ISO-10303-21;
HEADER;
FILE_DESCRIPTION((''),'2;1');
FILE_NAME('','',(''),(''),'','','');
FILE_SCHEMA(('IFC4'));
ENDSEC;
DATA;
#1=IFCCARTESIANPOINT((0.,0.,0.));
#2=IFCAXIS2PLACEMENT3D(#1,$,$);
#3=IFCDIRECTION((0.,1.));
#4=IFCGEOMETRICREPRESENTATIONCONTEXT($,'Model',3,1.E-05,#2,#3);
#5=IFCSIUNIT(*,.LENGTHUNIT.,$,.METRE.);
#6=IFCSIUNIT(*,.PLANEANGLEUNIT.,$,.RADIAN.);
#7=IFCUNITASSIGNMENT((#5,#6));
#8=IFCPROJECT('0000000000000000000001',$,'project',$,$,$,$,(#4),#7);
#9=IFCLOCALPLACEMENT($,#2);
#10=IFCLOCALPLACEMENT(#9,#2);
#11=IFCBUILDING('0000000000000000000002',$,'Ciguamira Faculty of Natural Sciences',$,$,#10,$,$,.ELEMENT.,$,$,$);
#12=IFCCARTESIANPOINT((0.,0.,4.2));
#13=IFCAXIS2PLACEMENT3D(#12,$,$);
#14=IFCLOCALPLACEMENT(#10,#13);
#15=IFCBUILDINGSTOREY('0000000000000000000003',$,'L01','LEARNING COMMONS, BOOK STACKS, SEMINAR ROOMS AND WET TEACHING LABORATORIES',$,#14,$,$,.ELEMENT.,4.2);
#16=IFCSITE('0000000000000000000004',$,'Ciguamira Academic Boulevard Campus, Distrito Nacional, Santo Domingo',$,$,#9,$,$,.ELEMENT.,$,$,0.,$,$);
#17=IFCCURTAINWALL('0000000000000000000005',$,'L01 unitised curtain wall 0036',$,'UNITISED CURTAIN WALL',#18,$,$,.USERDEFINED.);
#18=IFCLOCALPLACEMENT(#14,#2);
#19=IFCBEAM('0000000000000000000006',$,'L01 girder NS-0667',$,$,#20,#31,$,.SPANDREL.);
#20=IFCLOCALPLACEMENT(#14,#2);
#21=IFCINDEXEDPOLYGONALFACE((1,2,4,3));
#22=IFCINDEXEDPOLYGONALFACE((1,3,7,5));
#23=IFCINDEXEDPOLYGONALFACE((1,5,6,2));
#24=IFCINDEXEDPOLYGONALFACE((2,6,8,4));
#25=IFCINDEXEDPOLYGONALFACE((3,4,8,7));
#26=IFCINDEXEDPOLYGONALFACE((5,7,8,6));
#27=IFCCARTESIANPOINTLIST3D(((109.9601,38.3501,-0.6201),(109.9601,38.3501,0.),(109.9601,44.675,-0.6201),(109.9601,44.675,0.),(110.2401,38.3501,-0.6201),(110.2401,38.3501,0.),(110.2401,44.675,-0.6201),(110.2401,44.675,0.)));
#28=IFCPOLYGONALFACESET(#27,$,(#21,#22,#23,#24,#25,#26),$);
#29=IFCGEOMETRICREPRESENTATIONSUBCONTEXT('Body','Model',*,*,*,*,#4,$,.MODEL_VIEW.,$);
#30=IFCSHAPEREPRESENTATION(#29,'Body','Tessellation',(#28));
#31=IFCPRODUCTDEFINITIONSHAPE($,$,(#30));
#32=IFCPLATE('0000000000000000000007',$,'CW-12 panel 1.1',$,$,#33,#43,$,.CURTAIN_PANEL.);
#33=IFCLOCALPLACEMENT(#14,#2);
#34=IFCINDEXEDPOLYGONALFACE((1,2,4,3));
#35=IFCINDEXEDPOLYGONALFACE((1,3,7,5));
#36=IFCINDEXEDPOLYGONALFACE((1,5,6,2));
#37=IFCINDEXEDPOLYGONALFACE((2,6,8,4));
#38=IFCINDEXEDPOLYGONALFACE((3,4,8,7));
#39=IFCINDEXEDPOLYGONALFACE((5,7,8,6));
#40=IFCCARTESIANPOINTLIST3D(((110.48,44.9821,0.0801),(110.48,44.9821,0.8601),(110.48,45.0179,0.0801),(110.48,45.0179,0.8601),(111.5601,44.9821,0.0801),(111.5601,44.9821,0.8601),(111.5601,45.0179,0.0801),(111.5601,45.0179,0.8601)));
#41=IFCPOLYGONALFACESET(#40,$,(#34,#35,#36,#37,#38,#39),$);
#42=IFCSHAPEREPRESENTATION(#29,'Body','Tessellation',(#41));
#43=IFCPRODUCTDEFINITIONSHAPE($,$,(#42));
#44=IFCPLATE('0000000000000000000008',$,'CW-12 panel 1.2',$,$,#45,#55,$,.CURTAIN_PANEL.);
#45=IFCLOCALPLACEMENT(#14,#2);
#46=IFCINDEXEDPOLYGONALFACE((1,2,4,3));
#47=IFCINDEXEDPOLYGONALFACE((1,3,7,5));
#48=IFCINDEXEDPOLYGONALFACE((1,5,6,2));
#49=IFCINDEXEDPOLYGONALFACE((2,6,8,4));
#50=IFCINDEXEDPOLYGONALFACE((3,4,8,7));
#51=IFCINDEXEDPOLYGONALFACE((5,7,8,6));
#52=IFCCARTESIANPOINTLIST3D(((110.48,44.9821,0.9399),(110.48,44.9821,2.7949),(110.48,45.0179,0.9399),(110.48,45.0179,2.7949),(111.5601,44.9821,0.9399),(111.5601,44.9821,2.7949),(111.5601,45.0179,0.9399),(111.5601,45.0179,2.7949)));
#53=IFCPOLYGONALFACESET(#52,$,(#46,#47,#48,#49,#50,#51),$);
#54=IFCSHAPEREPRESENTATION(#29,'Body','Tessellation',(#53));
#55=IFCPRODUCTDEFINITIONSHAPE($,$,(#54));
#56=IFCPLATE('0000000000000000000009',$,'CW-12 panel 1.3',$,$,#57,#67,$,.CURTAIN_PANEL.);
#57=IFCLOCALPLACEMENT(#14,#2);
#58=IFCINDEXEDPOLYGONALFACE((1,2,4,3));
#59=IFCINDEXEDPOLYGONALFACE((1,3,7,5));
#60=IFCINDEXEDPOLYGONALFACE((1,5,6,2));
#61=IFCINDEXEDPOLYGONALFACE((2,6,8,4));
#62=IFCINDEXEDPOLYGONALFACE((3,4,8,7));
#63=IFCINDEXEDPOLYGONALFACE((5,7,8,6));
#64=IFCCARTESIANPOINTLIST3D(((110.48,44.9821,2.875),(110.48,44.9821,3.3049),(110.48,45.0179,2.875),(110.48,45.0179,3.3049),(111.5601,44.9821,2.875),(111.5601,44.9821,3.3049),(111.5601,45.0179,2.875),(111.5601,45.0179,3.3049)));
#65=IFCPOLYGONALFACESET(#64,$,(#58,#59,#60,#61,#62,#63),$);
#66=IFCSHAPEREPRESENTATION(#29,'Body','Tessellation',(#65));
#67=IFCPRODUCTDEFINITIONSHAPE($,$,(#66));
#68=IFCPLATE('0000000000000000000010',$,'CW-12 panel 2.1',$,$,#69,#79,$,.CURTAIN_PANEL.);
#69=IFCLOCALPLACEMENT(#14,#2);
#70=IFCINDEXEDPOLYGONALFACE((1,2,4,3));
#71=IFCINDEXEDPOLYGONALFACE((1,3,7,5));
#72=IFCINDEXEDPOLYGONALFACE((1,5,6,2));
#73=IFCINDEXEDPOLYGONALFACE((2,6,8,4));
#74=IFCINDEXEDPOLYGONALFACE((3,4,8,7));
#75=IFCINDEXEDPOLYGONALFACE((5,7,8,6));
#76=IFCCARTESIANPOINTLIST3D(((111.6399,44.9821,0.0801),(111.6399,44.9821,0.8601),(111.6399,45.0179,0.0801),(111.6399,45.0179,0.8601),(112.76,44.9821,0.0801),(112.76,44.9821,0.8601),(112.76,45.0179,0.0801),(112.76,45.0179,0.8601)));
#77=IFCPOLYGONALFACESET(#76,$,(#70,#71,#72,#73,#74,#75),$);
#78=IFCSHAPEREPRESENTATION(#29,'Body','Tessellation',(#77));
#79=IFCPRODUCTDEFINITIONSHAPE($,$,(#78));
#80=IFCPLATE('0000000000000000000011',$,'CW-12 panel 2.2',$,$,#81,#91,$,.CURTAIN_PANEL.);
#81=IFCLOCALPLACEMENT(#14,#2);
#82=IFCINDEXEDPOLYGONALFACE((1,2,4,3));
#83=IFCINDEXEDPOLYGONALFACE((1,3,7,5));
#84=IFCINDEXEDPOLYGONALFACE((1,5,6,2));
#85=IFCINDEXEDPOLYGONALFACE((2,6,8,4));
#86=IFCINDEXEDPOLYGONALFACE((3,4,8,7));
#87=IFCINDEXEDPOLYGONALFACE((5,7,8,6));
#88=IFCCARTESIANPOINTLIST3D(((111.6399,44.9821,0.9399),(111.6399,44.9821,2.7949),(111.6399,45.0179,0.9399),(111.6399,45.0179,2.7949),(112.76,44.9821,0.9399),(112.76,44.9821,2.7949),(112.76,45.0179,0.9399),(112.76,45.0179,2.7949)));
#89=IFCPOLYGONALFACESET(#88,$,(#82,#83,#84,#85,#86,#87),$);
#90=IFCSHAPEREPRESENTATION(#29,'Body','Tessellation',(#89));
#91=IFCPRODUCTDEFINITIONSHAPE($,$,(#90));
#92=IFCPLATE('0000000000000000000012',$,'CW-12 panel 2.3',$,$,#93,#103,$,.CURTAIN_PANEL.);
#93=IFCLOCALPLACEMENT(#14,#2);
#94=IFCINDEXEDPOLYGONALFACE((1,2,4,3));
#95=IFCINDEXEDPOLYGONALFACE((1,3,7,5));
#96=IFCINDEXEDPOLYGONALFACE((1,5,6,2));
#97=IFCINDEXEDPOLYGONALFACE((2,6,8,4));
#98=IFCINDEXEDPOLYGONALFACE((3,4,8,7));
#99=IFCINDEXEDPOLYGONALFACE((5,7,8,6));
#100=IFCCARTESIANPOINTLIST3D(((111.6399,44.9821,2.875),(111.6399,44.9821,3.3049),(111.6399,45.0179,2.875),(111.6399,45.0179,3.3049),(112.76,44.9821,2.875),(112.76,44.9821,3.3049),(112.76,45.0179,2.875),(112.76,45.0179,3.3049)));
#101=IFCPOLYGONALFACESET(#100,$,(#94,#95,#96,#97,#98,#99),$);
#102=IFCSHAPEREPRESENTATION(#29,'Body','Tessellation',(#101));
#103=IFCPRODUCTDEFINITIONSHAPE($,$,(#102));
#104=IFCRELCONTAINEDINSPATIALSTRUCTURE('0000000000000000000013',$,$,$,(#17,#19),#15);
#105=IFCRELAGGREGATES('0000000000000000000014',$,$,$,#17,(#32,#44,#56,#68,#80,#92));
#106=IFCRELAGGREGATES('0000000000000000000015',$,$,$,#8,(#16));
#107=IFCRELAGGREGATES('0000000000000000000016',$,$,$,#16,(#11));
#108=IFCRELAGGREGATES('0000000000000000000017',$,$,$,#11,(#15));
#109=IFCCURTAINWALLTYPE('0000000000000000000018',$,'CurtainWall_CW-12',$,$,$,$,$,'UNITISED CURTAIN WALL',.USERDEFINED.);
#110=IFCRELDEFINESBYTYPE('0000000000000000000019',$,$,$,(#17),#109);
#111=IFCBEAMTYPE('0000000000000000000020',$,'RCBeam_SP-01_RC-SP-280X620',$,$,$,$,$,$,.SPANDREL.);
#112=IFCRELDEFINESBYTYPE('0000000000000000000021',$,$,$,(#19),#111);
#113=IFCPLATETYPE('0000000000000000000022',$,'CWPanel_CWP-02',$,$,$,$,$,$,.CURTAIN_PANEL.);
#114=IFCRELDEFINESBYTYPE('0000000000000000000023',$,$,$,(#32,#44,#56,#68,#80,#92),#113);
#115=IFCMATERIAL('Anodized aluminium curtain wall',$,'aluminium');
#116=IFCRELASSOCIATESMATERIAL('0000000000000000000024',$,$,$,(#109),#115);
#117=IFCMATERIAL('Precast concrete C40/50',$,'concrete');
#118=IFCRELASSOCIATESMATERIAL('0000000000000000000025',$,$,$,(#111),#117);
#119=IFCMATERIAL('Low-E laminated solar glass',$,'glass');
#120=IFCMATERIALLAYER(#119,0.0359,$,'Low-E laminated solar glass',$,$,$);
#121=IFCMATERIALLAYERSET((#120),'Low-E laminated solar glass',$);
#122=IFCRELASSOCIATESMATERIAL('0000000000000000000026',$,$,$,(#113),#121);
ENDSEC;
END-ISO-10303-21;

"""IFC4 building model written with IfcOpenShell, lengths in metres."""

from ifc_helpers import new_model, si_unit, direction, frame, origin, origin_2d, place, context, subcontext, project, spatial, rectangle, extrude, material, layer, layer_set, material_profile, profile_set, type_object, element, aggregate, save


model = new_model("IFC4")

# Units and contexts
model_context = context("Model", 3, precision=1e-05, world=origin(), true_north=direction((0.0, 1.0)))
body_context = subcontext(model_context, "Body", "Model", "MODEL_VIEW")
ifc_project = project(units=[si_unit("LENGTHUNIT", "METRE"), si_unit("PLANEANGLEUNIT", "RADIAN")], contexts=[model_context])

# Site, building, storey
site_placement = place(None, origin())
site = spatial("IfcSite", under=ifc_project, at=site_placement, Name="Ciguamira Academic Boulevard Campus, Distrito Nacional, Santo Domingo", CompositionType="ELEMENT", RefElevation=0.0)
building_placement = place(site_placement, origin())
building = spatial("IfcBuilding", under=site, at=building_placement, Name="Ciguamira Faculty of Natural Sciences", CompositionType="ELEMENT")
storey_placement = place(building_placement, frame((0.0, 0.0, 4.2)))
storey = spatial("IfcBuildingStorey", under=building, at=storey_placement, Name="L01", Description="LEARNING COMMONS, BOOK STACKS, SEMINAR ROOMS AND WET TEACHING LABORATORIES", CompositionType="ELEMENT", Elevation=4.2)

# Curtain wall
ifc_material_1 = material(Name="Anodized aluminium curtain wall", Category="aluminium")
curtain_wall_type = type_object("IfcCurtainWallType", Name="CurtainWall_CW-12", ElementType="UNITISED CURTAIN WALL", PredefinedType="USERDEFINED", material=ifc_material_1)
curtain_wall_placement = place(storey_placement, origin())
curtain_wall = element("IfcCurtainWall", 1, at=curtain_wall_placement, inside=storey, type_object=curtain_wall_type, Name="L01 unitised curtain wall 0036", ObjectType="UNITISED CURTAIN WALL", PredefinedType="USERDEFINED")

# Beam
ifc_material_2 = material(Name="Precast concrete C40/50", Category="concrete")
ifc_material_profile_1 = material_profile(ifc_material_2, rectangle(XDim=0.28, YDim=0.6201, at=origin_2d()), Name="RC-SP-280X620")
ifc_profile_set_1 = profile_set([ifc_material_profile_1], Name="Precast concrete C40/50")
beam_type_1 = type_object("IfcBeamType", Name="RCBeam_SP-01_RC-SP-280X620", PredefinedType="SPANDREL", material=ifc_profile_set_1)
beam_1_placement = place(storey_placement, frame((110.1001, 38.3501, -0.3101), z_axis=(0.0, 1.0, 0.0), x_axis=(-1.0, 0.0, 0.0)))
element("IfcBeam", 2, at=beam_1_placement, inside=storey, type_object=beam_type_1, Name="L01 girder NS-0667", PredefinedType="SPANDREL", context=body_context, shape_type="SweptSolid", body=[
    extrude(rectangle(XDim=0.28, YDim=0.6201, at=origin_2d()), origin(), (0.0, 0.0, 1.0), 6.325),
])

# Plates
ifc_material_3 = material(Name="Low-E laminated solar glass", Category="glass")
ifc_layer = layer(ifc_material_3, 0.0359, Name="Low-E laminated solar glass")
ifc_layer_set = layer_set([ifc_layer], Name="Low-E laminated solar glass")
plate_type = type_object("IfcPlateType", Name="CWPanel_CWP-02", PredefinedType="CURTAIN_PANEL", material=ifc_layer_set)
plate_1_placement = place(storey_placement, frame((111.02, 45.0, 0.0801), z_axis=(0.0, 0.0, 1.0), x_axis=(1.0, 0.0, 0.0)))
plate_1 = element("IfcPlate", 3, at=plate_1_placement, type_object=plate_type, Name="CW-12 panel 1.1", PredefinedType="CURTAIN_PANEL", context=body_context, shape_type="SweptSolid", body=[
    extrude(rectangle(XDim=1.0801, YDim=0.0359, at=origin_2d()), origin(), (0.0, 0.0, 1.0), 0.78),
])
plate_2_placement = place(storey_placement, frame((111.02, 45.0, 0.9399), z_axis=(0.0, 0.0, 1.0), x_axis=(1.0, 0.0, 0.0)))
plate_2 = element("IfcPlate", 4, at=plate_2_placement, type_object=plate_type, Name="CW-12 panel 1.2", PredefinedType="CURTAIN_PANEL", context=body_context, shape_type="SweptSolid", body=[
    extrude(rectangle(XDim=1.0801, YDim=0.0359, at=origin_2d()), origin(), (0.0, 0.0, 1.0), 1.855),
])
plate_3_placement = place(storey_placement, frame((111.02, 45.0, 2.875), z_axis=(0.0, 0.0, 1.0), x_axis=(1.0, 0.0, 0.0)))
plate_3 = element("IfcPlate", 5, at=plate_3_placement, type_object=plate_type, Name="CW-12 panel 1.3", PredefinedType="CURTAIN_PANEL", context=body_context, shape_type="SweptSolid", body=[
    extrude(rectangle(XDim=1.0801, YDim=0.0359, at=origin_2d()), origin(), (0.0, 0.0, 1.0), 0.4299),
])
plate_4_placement = place(storey_placement, frame((112.2, 45.0, 0.0801), z_axis=(0.0, 0.0, 1.0), x_axis=(1.0, 0.0, 0.0)))
plate_4 = element("IfcPlate", 6, at=plate_4_placement, type_object=plate_type, Name="CW-12 panel 2.1", PredefinedType="CURTAIN_PANEL", context=body_context, shape_type="SweptSolid", body=[
    extrude(rectangle(XDim=1.1201, YDim=0.0359, at=origin_2d()), origin(), (0.0, 0.0, 1.0), 0.78),
])
plate_5_placement = place(storey_placement, frame((112.2, 45.0, 0.9399), z_axis=(0.0, 0.0, 1.0), x_axis=(1.0, 0.0, 0.0)))
plate_5 = element("IfcPlate", 7, at=plate_5_placement, type_object=plate_type, Name="CW-12 panel 2.2", PredefinedType="CURTAIN_PANEL", context=body_context, shape_type="SweptSolid", body=[
    extrude(rectangle(XDim=1.1201, YDim=0.0359, at=origin_2d()), origin(), (0.0, 0.0, 1.0), 1.855),
])
plate_6_placement = place(storey_placement, frame((112.2, 45.0, 2.875), z_axis=(0.0, 0.0, 1.0), x_axis=(1.0, 0.0, 0.0)))
plate_6 = element("IfcPlate", 8, at=plate_6_placement, type_object=plate_type, Name="CW-12 panel 2.3", PredefinedType="CURTAIN_PANEL", context=body_context, shape_type="SweptSolid", body=[
    extrude(rectangle(XDim=1.1201, YDim=0.0359, at=origin_2d()), origin(), (0.0, 0.0, 1.0), 0.4299),
])
aggregate(curtain_wall, [plate_1, plate_2, plate_3, plate_4, plate_5, plate_6])

save(model, "model.ifc")
